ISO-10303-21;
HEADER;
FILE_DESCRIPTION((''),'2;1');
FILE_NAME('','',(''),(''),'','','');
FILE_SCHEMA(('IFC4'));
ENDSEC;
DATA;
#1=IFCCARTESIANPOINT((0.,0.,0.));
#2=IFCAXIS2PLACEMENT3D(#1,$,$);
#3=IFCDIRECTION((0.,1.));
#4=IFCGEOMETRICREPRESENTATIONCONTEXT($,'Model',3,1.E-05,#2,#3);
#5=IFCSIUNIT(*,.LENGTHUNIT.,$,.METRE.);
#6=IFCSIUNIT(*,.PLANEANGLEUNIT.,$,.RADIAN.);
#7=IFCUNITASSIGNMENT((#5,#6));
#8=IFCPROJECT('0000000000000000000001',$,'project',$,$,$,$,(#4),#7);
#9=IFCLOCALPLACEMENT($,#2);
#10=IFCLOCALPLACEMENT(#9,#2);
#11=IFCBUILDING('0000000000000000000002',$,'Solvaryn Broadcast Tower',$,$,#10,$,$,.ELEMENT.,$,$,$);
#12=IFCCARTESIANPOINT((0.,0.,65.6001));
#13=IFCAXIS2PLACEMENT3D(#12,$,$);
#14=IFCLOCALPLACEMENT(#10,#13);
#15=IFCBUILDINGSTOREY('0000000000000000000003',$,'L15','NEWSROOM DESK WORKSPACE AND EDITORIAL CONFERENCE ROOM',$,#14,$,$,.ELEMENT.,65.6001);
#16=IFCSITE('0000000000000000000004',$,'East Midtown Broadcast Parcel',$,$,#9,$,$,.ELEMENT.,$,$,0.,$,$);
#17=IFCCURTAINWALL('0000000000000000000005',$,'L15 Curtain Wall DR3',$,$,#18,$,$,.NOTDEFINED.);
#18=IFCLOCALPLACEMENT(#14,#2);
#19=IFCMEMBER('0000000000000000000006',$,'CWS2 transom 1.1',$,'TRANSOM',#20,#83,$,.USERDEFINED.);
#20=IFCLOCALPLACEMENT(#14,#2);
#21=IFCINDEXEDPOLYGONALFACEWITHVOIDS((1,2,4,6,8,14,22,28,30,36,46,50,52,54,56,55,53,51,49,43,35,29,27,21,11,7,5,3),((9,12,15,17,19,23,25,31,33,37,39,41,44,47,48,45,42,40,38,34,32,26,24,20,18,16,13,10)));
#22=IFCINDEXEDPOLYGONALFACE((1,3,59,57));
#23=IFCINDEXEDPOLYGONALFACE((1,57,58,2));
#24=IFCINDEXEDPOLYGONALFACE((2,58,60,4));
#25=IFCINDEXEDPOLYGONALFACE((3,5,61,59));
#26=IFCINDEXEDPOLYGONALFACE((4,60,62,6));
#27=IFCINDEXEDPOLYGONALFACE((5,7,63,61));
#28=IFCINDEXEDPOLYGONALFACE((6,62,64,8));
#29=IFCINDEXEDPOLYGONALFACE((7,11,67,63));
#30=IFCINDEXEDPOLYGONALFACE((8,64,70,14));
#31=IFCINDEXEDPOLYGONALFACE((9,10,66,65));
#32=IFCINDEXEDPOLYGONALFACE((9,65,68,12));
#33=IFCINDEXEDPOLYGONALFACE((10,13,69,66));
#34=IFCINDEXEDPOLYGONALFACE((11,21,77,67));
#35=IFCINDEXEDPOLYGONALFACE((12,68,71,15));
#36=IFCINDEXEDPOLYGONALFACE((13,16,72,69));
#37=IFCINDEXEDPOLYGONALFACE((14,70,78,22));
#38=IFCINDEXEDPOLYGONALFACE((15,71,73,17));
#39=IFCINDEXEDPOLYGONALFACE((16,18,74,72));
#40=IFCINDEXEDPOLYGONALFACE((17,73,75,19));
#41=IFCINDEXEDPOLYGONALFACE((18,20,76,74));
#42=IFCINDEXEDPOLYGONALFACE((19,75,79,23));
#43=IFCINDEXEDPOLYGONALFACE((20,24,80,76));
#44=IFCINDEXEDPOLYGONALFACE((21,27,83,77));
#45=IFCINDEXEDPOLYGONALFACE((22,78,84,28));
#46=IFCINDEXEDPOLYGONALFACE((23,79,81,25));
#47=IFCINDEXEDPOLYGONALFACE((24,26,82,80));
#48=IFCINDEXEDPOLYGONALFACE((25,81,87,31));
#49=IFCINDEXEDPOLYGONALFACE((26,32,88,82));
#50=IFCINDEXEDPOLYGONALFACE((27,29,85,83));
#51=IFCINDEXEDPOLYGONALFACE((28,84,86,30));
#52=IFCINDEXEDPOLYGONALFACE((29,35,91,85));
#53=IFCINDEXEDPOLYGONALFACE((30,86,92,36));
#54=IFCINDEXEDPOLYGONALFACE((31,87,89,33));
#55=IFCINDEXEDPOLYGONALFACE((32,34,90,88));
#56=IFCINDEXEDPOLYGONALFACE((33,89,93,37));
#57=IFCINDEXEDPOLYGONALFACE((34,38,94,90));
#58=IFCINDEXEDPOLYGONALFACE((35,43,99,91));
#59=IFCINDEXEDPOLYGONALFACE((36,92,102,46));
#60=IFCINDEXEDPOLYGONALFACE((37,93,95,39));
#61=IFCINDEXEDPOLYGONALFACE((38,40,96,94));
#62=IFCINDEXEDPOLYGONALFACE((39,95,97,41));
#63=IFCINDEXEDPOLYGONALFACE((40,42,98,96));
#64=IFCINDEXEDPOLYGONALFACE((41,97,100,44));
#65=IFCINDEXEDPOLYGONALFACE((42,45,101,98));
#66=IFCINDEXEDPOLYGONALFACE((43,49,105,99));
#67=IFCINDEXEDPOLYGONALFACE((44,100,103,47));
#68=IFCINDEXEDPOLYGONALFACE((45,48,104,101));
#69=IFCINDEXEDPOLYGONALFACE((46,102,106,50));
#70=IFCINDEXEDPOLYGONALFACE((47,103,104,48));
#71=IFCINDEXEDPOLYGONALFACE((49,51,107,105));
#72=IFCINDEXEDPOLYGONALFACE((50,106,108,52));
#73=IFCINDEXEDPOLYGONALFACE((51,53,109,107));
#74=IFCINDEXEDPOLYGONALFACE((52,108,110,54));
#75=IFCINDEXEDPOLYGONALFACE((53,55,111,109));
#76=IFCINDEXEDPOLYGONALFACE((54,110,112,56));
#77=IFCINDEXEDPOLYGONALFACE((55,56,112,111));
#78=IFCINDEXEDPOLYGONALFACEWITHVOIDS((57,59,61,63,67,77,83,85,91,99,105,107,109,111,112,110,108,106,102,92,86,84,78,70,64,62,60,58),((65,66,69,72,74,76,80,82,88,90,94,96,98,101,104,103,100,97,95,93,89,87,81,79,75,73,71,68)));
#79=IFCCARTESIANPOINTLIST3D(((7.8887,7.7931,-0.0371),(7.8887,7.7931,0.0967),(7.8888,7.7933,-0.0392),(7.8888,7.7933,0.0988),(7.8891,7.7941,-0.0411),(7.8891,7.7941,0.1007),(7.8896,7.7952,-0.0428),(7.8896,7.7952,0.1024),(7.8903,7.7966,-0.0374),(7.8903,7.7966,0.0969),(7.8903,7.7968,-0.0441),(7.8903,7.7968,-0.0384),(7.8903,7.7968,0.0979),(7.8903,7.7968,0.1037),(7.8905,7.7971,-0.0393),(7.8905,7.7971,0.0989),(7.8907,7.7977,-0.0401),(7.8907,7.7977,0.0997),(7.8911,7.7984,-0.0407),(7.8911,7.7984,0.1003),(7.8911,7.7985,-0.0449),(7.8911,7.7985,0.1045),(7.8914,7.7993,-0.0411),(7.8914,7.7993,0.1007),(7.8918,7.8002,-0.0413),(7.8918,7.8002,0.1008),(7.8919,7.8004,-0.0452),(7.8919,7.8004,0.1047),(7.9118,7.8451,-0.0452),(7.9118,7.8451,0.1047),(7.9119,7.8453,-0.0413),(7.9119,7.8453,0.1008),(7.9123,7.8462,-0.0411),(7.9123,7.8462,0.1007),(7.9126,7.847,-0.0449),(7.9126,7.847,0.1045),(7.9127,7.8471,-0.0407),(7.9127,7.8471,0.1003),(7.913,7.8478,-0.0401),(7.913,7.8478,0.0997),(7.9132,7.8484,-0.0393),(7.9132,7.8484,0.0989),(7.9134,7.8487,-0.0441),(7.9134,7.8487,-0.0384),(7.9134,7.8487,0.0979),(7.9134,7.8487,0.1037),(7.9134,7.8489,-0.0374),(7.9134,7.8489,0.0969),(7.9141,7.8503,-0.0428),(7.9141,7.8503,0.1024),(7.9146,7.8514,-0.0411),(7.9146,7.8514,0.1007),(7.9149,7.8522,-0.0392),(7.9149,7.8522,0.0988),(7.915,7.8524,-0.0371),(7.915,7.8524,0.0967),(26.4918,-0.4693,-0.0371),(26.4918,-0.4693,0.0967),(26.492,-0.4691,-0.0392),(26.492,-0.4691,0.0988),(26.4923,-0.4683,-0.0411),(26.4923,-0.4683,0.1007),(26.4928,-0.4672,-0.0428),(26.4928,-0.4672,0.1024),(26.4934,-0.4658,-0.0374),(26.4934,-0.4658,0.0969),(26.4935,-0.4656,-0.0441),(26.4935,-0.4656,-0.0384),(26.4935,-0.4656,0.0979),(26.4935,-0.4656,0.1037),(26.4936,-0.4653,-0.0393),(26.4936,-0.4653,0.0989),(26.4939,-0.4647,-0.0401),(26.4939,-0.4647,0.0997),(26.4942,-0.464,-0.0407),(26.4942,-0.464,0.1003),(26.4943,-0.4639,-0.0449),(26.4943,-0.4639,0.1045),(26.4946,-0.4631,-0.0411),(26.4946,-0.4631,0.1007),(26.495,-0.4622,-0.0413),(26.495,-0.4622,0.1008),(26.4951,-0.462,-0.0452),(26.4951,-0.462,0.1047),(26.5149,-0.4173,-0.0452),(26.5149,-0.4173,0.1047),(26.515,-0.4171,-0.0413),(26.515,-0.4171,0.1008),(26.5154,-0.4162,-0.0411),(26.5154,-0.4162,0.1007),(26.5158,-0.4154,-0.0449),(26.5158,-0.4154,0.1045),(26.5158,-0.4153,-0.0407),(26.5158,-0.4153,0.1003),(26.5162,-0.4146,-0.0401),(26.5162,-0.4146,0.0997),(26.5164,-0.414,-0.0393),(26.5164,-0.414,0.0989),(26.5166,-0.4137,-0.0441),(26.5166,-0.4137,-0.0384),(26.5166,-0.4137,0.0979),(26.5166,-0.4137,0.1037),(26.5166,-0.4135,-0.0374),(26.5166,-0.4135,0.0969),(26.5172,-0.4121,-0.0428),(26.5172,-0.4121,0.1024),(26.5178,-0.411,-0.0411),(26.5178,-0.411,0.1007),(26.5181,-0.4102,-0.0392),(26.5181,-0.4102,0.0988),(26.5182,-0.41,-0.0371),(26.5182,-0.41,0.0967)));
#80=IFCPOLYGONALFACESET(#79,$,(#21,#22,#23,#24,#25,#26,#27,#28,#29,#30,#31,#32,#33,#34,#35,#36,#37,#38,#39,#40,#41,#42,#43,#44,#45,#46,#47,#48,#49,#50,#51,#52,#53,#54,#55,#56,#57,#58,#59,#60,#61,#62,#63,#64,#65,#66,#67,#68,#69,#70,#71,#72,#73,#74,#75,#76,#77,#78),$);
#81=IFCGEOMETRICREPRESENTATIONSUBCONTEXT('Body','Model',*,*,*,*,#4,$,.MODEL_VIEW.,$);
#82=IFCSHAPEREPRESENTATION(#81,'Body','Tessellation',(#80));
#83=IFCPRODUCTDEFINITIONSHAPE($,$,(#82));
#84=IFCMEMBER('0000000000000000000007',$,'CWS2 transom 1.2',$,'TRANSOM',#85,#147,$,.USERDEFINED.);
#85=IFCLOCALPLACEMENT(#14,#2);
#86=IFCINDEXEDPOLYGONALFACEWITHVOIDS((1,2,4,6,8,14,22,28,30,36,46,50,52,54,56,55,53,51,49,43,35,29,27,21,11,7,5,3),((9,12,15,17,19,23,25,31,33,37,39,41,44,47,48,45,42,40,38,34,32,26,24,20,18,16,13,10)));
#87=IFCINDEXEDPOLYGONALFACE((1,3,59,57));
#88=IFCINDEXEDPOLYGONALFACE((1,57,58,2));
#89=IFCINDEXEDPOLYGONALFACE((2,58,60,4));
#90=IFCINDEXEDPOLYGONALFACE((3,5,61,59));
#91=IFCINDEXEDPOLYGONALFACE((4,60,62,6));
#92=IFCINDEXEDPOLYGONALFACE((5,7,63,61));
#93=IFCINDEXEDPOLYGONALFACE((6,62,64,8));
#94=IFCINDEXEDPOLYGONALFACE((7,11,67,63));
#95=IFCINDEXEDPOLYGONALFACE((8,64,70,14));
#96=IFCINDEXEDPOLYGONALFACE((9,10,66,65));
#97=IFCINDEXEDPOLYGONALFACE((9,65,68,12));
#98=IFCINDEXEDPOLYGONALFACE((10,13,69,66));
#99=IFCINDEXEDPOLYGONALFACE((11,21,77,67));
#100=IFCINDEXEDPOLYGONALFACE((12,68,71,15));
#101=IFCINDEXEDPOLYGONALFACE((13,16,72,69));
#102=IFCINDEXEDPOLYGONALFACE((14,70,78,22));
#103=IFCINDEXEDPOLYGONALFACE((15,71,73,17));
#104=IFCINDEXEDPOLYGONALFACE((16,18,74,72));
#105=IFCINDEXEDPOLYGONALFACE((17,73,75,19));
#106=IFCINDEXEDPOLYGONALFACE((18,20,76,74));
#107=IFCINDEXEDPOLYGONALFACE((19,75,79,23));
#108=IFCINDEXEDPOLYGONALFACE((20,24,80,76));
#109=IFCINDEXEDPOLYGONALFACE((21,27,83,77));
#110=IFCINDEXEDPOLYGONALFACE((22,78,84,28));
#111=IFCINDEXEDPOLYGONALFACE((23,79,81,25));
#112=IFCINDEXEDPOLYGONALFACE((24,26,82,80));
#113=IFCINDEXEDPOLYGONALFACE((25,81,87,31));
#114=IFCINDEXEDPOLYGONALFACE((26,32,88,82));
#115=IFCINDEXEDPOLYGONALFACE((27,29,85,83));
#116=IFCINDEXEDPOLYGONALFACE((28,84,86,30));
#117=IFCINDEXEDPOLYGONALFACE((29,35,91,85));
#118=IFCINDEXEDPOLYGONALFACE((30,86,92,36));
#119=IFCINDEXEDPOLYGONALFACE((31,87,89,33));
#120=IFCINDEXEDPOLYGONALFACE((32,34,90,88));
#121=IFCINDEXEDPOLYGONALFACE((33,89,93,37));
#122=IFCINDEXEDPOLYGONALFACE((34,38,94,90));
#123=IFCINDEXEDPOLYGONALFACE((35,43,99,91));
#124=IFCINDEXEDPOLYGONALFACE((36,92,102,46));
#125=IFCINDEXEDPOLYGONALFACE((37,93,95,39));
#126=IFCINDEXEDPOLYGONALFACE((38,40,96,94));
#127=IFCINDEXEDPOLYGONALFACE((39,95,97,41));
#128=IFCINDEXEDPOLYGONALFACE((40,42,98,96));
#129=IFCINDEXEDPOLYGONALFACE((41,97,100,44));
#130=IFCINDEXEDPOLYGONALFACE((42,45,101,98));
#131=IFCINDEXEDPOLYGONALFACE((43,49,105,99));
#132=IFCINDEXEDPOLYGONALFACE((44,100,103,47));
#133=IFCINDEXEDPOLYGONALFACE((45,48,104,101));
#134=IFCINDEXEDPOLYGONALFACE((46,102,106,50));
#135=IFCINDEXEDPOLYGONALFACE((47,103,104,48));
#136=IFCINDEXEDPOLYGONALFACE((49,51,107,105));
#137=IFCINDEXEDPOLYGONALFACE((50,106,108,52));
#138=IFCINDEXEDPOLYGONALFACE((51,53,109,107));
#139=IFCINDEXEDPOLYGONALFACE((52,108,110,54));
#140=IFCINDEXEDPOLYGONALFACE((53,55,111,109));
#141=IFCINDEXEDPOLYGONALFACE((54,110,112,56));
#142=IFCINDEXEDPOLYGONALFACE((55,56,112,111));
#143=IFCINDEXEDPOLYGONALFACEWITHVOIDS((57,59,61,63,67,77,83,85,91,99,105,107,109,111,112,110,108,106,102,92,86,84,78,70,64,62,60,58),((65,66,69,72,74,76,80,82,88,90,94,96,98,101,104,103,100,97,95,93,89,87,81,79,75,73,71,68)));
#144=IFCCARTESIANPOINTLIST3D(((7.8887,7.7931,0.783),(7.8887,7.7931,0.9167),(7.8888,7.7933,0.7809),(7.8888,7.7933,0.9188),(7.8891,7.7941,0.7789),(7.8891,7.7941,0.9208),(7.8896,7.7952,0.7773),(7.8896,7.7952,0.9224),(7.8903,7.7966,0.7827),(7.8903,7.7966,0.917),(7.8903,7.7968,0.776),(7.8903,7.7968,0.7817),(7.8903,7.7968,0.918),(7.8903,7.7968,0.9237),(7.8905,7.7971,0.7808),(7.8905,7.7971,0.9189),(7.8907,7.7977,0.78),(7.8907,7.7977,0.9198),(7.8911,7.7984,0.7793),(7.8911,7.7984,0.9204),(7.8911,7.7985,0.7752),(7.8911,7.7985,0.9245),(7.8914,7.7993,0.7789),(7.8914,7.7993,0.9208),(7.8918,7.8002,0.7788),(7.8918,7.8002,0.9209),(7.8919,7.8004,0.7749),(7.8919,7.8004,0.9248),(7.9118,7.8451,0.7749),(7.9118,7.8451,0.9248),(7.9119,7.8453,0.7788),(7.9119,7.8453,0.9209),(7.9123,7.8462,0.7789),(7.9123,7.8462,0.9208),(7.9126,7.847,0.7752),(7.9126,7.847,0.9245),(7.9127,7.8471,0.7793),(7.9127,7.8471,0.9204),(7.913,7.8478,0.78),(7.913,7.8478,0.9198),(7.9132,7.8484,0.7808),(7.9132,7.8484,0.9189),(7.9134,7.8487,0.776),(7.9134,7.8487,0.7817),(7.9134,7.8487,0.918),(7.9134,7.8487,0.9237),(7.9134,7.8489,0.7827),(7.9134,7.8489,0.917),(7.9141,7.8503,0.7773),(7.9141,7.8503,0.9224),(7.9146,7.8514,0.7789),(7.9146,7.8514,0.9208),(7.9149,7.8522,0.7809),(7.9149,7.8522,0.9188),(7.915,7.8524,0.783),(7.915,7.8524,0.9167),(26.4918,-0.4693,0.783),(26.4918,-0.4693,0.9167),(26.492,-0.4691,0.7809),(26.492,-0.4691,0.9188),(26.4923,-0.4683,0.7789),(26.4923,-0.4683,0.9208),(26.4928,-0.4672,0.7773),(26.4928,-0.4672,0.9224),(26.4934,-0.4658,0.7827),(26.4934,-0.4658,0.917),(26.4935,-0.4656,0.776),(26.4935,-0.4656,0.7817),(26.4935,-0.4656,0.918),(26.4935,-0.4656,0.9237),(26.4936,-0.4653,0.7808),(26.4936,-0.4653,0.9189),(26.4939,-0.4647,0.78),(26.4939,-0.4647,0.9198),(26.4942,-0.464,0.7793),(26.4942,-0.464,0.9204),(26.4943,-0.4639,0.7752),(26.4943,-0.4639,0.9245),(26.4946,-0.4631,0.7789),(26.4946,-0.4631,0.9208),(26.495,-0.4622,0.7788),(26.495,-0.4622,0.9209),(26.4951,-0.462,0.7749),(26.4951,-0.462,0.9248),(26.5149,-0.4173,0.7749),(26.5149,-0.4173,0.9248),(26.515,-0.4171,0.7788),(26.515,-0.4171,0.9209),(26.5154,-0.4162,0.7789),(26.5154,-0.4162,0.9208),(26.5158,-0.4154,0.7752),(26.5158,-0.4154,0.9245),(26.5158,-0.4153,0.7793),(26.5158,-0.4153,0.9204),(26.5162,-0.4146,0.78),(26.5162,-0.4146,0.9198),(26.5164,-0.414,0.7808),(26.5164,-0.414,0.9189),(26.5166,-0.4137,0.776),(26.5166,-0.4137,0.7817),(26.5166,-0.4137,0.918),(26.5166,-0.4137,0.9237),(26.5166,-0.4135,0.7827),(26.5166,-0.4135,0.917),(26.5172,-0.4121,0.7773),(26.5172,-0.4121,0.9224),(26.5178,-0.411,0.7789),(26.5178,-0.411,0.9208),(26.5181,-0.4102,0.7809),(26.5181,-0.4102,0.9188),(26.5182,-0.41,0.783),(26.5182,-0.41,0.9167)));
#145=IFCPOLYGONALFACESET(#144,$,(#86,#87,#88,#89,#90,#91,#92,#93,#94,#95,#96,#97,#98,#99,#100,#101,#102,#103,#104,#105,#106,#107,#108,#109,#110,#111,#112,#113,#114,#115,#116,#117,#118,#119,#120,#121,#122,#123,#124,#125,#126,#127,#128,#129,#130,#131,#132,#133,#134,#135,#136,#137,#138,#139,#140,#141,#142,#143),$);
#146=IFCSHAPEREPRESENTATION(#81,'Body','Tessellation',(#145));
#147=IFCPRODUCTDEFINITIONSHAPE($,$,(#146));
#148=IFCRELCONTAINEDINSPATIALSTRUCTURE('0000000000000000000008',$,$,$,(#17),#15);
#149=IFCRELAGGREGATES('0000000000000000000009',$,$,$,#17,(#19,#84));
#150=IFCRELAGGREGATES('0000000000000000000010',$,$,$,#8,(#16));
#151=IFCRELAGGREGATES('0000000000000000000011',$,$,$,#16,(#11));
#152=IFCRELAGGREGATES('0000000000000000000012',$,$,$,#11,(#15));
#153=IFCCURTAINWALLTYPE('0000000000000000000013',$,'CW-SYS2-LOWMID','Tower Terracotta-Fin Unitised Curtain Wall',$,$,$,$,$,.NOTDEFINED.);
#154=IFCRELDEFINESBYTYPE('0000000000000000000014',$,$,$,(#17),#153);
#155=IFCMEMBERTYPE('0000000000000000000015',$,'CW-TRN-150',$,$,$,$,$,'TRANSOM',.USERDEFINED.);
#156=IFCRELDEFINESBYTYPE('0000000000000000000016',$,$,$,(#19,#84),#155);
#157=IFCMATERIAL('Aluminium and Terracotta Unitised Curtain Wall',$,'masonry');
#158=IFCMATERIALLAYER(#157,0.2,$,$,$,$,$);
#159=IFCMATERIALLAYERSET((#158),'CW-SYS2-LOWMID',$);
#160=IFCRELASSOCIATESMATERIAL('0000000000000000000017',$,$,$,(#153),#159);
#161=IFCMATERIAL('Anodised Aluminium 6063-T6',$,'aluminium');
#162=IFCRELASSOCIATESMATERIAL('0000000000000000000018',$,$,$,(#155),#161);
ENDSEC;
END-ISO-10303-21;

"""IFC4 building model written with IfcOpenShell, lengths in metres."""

from ifc_helpers import new_model, si_unit, direction, frame, origin, origin_2d, place, context, subcontext, project, spatial, hollow_rectangle, extrude, material, layer, layer_set, material_profile, profile_set, type_object, element, aggregate, save


model = new_model("IFC4")

# Units and contexts
model_context = context("Model", 3, precision=1e-05, world=origin(), true_north=direction((0.0, 1.0)))
body_context = subcontext(model_context, "Body", "Model", "MODEL_VIEW")
ifc_project = project(units=[si_unit("LENGTHUNIT", "METRE"), si_unit("PLANEANGLEUNIT", "RADIAN")], contexts=[model_context])

# Site, building, storey
site_placement = place(None, origin())
site = spatial("IfcSite", under=ifc_project, at=site_placement, Name="East Midtown Broadcast Parcel", CompositionType="ELEMENT", RefElevation=0.0)
building_placement = place(site_placement, origin())
building = spatial("IfcBuilding", under=site, at=building_placement, Name="Solvaryn Broadcast Tower", CompositionType="ELEMENT")
storey_placement = place(building_placement, frame((0.0, 0.0, 65.6001)))
storey = spatial("IfcBuildingStorey", under=building, at=storey_placement, Name="L15", Description="NEWSROOM DESK WORKSPACE AND EDITORIAL CONFERENCE ROOM", CompositionType="ELEMENT", Elevation=65.6001)

# Shared definitions
ifc_material_1 = material(Name="Aluminium and Terracotta Unitised Curtain Wall", Category="masonry")
ifc_layer_1 = layer(ifc_material_1, 0.2)
ifc_layer_set_1 = layer_set([ifc_layer_1], Name="CW-SYS2-LOWMID")
curtain_wall_type = type_object("IfcCurtainWallType", Name="CW-SYS2-LOWMID", Description="Tower Terracotta-Fin Unitised Curtain Wall", PredefinedType="NOTDEFINED", material=ifc_layer_set_1)

# Curtain wall, members
curtain_wall_1_placement = place(storey_placement, origin())
curtain_wall_1 = element("IfcCurtainWall", 1, at=curtain_wall_1_placement, inside=storey, type_object=curtain_wall_type, Name="L15 Curtain Wall DR3", PredefinedType="NOTDEFINED")
ifc_material_2 = material(Name="Anodised Aluminium 6063-T6", Category="aluminium")
ifc_material_profile_1 = material_profile(ifc_material_2, hollow_rectangle(XDim=0.0649, YDim=0.1499, WallThickness=0.0039, InnerFilletRadius=0.0039, OuterFilletRadius=0.0081, at=origin_2d()))
ifc_profile_set_1 = profile_set([ifc_material_profile_1], Name="Anodised Aluminium 6063-T6")
member_type_1 = type_object("IfcMemberType", Name="CW-TRN-150", ElementType="TRANSOM", PredefinedType="USERDEFINED", material=ifc_profile_set_1)
member_1_placement = place(storey_placement, frame((7.9019, 7.8228, 0.0298), z_axis=(0.913915, -0.405906, 0.0), x_axis=(0.405906, 0.913915, 0.0)))
member_1 = element("IfcMember", 2, at=member_1_placement, type_object=member_type_1, Name="CWS2 transom 1.1", ObjectType="TRANSOM", PredefinedType="USERDEFINED", context=body_context, shape_type="SweptSolid", body=[
    extrude(hollow_rectangle(XDim=0.0649, YDim=0.1499, WallThickness=0.0039, InnerFilletRadius=0.0039, OuterFilletRadius=0.0081, at=origin_2d()), origin(), (0.0, 0.0, 1.0), 20.3555),
])
member_2_placement = place(storey_placement, frame((7.9019, 7.8228, 0.8499), z_axis=(0.913915, -0.405906, 0.0), x_axis=(0.405906, 0.913915, 0.0)))
member_2 = element("IfcMember", 3, at=member_2_placement, type_object=member_type_1, Name="CWS2 transom 1.2", ObjectType="TRANSOM", PredefinedType="USERDEFINED", context=body_context, shape_type="SweptSolid", body=[
    extrude(hollow_rectangle(XDim=0.0649, YDim=0.1499, WallThickness=0.0039, InnerFilletRadius=0.0039, OuterFilletRadius=0.0081, at=origin_2d()), origin(), (0.0, 0.0, 1.0), 20.3555),
])
aggregate(curtain_wall_1, [member_1, member_2])

save(model, "model.ifc")
